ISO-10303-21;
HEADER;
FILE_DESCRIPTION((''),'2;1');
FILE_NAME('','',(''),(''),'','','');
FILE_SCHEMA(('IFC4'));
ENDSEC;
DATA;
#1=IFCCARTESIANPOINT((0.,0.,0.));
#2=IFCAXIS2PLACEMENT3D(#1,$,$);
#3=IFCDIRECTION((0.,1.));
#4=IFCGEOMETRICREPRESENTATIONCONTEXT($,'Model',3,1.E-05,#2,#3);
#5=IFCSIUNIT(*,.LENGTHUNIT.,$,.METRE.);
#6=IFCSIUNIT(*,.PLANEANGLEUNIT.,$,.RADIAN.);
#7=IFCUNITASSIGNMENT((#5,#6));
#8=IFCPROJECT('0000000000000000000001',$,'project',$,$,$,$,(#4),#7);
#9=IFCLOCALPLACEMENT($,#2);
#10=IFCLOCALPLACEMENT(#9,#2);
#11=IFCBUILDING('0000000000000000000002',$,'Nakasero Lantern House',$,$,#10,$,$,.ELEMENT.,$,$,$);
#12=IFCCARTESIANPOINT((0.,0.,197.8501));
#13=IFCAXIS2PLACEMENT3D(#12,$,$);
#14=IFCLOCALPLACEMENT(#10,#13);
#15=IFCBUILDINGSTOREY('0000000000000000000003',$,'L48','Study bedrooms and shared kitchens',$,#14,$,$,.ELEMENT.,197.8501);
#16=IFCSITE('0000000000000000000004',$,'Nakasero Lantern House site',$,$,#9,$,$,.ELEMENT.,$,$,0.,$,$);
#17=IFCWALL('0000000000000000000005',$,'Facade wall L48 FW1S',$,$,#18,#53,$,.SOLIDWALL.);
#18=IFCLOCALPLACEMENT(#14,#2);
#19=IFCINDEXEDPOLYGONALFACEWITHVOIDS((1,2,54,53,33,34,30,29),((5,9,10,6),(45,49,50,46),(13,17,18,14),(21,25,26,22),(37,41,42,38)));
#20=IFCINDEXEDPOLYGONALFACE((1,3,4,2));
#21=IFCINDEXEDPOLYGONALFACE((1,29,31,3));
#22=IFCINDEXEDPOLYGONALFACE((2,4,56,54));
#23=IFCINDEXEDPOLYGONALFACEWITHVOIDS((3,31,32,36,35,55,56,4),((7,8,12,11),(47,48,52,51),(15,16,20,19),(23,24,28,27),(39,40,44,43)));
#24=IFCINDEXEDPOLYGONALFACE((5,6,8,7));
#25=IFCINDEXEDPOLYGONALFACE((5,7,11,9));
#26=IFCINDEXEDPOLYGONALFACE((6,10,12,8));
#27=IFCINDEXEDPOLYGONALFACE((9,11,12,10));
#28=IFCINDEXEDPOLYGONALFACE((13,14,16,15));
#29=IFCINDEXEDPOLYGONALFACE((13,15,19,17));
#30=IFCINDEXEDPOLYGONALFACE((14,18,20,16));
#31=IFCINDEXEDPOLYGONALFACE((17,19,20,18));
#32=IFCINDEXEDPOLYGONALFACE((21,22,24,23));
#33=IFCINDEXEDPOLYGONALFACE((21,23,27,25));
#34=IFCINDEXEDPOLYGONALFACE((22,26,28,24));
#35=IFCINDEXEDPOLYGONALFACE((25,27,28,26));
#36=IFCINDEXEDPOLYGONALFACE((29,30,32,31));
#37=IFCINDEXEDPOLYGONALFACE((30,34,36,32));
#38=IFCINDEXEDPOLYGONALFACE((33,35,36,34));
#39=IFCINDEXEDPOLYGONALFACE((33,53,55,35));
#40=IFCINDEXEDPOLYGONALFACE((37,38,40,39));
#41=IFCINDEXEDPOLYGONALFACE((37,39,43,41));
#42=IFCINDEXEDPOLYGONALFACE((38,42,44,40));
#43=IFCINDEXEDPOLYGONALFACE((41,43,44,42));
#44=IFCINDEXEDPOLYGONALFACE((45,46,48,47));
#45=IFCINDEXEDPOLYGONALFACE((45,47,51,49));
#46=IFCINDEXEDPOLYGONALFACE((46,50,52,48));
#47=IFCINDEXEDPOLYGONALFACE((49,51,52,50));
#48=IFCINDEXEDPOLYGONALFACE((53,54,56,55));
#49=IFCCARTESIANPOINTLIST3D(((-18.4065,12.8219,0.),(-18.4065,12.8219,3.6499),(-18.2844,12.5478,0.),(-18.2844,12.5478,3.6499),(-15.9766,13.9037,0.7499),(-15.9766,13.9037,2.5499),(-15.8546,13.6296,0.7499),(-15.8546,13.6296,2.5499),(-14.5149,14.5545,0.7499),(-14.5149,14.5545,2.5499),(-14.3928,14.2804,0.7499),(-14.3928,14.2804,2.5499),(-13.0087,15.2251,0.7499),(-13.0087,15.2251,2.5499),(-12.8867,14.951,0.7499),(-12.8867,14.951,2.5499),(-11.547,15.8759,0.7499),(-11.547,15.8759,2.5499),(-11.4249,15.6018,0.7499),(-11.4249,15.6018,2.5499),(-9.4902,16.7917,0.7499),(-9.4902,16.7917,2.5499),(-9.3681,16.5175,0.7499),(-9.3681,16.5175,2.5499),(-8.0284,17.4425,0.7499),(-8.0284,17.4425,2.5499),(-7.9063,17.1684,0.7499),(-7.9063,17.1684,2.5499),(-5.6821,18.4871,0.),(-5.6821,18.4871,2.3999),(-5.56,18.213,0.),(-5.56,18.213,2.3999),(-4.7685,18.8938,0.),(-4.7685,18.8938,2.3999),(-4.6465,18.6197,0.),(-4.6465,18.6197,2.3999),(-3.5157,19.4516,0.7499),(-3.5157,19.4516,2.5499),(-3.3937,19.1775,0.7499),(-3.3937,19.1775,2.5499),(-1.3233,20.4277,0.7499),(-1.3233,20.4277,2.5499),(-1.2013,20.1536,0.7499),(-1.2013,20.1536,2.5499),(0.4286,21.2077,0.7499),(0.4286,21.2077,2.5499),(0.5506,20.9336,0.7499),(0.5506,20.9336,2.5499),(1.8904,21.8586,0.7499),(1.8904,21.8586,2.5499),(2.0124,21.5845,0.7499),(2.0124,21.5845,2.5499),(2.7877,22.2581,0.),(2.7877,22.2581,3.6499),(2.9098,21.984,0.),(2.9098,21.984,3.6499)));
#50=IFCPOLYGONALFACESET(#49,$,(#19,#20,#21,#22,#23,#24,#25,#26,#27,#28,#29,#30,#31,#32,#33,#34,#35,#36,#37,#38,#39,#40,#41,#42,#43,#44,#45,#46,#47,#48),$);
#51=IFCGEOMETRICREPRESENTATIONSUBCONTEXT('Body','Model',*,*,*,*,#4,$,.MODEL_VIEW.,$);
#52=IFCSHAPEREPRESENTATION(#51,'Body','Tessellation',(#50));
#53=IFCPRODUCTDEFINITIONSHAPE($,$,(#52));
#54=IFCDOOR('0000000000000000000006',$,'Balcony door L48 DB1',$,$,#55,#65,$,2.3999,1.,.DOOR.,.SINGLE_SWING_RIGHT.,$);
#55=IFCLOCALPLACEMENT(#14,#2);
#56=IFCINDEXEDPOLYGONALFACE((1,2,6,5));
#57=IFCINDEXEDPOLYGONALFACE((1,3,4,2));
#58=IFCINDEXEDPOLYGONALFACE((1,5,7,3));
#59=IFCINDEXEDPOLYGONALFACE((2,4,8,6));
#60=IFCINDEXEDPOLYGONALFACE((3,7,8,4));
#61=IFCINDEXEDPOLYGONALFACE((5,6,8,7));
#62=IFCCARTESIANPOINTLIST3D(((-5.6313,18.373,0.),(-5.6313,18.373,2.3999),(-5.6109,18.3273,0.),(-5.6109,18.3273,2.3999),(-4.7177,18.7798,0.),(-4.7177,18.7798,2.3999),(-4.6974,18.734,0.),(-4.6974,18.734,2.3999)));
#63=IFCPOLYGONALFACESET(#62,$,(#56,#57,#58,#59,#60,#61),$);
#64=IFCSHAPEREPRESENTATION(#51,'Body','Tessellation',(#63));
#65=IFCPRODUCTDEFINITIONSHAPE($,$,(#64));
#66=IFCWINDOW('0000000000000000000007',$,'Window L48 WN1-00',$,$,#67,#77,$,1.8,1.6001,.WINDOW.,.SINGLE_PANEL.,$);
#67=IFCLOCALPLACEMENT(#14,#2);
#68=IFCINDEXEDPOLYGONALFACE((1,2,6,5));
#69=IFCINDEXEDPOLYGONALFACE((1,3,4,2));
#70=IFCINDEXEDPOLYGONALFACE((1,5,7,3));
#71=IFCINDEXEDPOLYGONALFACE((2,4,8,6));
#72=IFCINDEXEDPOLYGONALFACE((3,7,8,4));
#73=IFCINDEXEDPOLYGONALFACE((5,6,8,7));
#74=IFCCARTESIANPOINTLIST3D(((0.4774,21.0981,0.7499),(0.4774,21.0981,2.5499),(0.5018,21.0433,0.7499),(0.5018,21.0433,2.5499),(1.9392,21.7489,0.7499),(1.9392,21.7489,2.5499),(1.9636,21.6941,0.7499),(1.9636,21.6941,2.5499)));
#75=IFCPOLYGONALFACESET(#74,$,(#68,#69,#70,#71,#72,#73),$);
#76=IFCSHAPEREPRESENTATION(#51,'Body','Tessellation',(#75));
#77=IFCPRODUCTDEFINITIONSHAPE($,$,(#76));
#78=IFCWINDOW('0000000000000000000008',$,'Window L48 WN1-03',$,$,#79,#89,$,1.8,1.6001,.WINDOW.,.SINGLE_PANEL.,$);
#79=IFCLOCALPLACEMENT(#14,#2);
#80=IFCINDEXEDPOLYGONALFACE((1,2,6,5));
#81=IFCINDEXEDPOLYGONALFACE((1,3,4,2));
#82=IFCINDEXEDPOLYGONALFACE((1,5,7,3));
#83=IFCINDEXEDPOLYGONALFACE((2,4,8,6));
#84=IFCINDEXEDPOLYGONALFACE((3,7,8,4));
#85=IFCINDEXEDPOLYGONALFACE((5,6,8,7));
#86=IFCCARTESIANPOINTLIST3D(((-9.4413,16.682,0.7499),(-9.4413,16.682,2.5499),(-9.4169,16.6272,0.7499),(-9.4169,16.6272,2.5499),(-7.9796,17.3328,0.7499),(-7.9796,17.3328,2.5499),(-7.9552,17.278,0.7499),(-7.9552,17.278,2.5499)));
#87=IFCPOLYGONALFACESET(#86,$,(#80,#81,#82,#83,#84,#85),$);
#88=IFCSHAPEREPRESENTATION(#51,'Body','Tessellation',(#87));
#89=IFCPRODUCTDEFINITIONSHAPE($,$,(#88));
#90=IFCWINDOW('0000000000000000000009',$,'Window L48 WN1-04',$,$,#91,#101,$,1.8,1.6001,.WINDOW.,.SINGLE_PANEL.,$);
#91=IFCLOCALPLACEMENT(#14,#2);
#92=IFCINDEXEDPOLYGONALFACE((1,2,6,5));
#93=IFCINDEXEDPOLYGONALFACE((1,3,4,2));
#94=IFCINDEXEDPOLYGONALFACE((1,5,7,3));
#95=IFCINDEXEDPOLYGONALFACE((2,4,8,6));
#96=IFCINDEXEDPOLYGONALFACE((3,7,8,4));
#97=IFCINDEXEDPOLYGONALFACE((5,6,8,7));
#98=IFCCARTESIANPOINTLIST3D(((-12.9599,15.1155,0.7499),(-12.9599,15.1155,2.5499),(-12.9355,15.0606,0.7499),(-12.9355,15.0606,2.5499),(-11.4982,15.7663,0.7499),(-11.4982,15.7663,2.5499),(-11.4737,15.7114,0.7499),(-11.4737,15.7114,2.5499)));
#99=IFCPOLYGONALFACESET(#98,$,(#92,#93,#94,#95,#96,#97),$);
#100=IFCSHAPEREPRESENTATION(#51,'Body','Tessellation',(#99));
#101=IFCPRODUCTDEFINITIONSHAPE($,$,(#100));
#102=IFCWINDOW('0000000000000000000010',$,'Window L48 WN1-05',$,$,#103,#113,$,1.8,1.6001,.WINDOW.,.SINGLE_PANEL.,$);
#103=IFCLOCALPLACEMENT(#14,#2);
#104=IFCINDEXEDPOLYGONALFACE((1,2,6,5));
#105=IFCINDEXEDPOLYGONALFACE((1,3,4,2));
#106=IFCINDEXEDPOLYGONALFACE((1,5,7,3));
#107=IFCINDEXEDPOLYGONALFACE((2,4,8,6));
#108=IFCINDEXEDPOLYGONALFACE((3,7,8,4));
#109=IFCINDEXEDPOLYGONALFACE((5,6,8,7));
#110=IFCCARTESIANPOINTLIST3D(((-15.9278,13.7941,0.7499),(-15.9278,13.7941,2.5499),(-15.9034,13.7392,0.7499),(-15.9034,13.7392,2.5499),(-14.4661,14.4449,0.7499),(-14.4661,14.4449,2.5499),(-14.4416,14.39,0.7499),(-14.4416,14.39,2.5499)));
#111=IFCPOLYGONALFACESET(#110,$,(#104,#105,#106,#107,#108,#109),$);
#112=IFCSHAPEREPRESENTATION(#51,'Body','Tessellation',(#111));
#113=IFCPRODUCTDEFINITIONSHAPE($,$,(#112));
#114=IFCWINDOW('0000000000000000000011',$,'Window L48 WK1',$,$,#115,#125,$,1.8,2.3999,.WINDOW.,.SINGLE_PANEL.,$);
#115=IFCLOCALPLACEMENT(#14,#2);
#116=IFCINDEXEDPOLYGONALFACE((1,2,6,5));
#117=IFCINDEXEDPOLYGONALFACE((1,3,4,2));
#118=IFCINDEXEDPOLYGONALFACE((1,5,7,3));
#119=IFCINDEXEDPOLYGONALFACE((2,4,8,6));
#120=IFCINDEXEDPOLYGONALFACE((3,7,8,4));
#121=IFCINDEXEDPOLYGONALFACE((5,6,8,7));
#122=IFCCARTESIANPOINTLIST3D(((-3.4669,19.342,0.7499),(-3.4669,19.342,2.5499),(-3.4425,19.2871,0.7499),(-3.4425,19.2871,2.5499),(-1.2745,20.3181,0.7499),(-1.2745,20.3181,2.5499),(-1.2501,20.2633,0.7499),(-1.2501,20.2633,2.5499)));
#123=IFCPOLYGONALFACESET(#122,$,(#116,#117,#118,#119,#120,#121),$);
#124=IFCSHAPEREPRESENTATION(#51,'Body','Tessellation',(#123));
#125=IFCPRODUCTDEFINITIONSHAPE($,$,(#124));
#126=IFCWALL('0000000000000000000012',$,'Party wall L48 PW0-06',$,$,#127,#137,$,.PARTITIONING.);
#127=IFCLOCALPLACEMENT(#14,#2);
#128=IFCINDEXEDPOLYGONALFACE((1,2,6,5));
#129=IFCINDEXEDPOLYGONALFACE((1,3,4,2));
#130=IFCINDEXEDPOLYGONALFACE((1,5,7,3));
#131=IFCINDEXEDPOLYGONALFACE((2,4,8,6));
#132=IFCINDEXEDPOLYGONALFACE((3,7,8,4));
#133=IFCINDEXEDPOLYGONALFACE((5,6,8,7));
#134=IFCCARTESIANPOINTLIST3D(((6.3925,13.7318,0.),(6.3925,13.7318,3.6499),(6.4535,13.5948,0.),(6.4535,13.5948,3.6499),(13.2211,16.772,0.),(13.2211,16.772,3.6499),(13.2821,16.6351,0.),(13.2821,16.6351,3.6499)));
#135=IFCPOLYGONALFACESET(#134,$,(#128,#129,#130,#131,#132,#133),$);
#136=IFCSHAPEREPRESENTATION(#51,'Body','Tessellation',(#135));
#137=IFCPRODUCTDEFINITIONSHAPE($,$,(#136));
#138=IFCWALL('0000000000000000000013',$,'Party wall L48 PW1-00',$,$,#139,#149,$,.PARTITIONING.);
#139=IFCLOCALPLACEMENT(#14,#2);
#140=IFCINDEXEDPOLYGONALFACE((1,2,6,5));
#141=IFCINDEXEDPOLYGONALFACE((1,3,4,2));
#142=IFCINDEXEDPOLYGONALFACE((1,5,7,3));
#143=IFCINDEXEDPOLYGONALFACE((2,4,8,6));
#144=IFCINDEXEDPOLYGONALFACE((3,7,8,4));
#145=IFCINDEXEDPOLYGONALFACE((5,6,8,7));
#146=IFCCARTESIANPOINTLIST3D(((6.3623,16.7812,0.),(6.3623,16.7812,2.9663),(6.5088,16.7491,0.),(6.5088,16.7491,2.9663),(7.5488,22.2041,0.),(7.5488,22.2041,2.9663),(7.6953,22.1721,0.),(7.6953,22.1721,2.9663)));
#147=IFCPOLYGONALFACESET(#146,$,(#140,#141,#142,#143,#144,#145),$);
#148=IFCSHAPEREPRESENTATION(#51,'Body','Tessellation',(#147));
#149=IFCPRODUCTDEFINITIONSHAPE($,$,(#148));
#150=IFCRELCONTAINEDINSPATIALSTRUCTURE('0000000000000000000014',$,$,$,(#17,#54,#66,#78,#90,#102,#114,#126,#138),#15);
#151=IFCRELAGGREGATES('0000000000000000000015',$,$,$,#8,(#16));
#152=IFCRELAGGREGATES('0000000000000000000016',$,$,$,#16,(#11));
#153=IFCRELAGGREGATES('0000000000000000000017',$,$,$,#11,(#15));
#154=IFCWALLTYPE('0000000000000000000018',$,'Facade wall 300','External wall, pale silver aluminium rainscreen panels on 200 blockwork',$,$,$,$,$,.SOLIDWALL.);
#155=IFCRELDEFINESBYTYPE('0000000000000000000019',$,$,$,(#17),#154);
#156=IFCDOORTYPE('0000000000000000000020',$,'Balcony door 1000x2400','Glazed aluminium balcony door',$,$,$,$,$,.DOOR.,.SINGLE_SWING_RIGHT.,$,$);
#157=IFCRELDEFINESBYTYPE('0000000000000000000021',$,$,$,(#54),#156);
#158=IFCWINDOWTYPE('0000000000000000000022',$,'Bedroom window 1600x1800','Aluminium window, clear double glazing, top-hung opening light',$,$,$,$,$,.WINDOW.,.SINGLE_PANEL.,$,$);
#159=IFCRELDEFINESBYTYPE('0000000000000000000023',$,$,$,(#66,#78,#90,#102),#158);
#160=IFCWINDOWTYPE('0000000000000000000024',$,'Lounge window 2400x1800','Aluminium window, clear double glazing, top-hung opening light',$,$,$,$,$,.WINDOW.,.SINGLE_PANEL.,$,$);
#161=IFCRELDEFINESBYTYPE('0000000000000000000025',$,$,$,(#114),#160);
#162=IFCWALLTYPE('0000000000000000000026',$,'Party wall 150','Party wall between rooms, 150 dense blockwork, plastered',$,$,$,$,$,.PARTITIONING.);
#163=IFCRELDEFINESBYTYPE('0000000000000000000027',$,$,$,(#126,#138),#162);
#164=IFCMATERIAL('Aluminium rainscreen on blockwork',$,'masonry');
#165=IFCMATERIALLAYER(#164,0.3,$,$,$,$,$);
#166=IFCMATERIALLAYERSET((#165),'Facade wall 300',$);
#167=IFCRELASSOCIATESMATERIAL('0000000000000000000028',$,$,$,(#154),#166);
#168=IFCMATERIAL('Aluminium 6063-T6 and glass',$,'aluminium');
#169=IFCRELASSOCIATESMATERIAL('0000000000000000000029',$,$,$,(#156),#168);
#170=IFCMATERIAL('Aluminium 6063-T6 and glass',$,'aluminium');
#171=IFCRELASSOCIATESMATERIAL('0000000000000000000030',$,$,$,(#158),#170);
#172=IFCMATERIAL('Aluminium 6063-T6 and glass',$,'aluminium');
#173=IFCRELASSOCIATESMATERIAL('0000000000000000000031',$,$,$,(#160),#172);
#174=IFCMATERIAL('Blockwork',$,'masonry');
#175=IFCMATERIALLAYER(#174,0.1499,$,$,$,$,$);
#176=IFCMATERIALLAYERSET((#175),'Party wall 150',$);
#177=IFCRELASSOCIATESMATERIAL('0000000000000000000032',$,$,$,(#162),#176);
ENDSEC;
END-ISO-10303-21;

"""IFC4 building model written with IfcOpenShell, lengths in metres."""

from ifc_helpers import new_model, si_unit, direction, frame, frame_2d, origin, place, context, subcontext, project, spatial, rectangle, extrude, material, layer, layer_set, type_object, element, fill, save


model = new_model("IFC4")

# Units and contexts
model_context = context("Model", 3, precision=1e-05, world=origin(), true_north=direction((0.0, 1.0)))
body_context = subcontext(model_context, "Body", "Model", "MODEL_VIEW")
ifc_project = project(units=[si_unit("LENGTHUNIT", "METRE"), si_unit("PLANEANGLEUNIT", "RADIAN")], contexts=[model_context])

# Site, building, storey
site_placement = place(None, origin())
site = spatial("IfcSite", under=ifc_project, at=site_placement, Name="Nakasero Lantern House site", CompositionType="ELEMENT", RefElevation=0.0)
building_placement = place(site_placement, origin())
building = spatial("IfcBuilding", under=site, at=building_placement, Name="Nakasero Lantern House", CompositionType="ELEMENT")
storey_placement = place(building_placement, frame((0.0, 0.0, 197.8501)))
storey = spatial("IfcBuildingStorey", under=building, at=storey_placement, Name="L48", Description="Study bedrooms and shared kitchens", CompositionType="ELEMENT", Elevation=197.8501)

# Shared definitions
ifc_material_1 = material(Name="Aluminium rainscreen on blockwork", Category="masonry")
ifc_layer_1 = layer(ifc_material_1, 0.3)
ifc_layer_set_1 = layer_set([ifc_layer_1], Name="Facade wall 300")
wall_type_1 = type_object("IfcWallType", Name="Facade wall 300", Description="External wall, pale silver aluminium rainscreen panels on 200 blockwork", PredefinedType="SOLIDWALL", material=ifc_layer_set_1)

# Wall, openings, door, windows
wall_1_placement = place(storey_placement, frame((2.8489, 22.1211, 0.0), z_axis=(0.0, 0.0, 1.0), x_axis=(-0.913546, -0.406735, 0.0)))
wall_1 = element("IfcWall", 1, at=wall_1_placement, inside=storey, type_object=wall_type_1, Name="Facade wall L48 FW1S", PredefinedType="SOLIDWALL", context=body_context, shape_type="SweptSolid", body=[
    extrude(rectangle(XDim=23.2, YDim=0.3, at=frame_2d((11.6001, 0.0))), origin(), (0.0, 0.0, 1.0), 3.6499),
])
opening_1_placement = place(wall_1_placement, frame((0.9824, 0.0, 0.75)))
opening_1 = element("IfcOpeningElement", 2, at=opening_1_placement, cuts=wall_1, PredefinedType="OPENING", context=body_context, shape_type="SweptSolid", body=[
    extrude(rectangle(XDim=1.6001, YDim=1.8, at=frame_2d((0.8, 0.8999))), frame((0.0, 0.1699, 0.0), z_axis=(0.0, -1.0, 0.0), x_axis=(1.0, 0.0, 0.0)), (0.0, 0.0, 1.0), 0.3401),
])
opening_2_placement = place(wall_1_placement, frame((11.8398, 0.0, 0.75)))
opening_2 = element("IfcOpeningElement", 3, at=opening_2_placement, cuts=wall_1, PredefinedType="OPENING", context=body_context, shape_type="SweptSolid", body=[
    extrude(rectangle(XDim=1.6001, YDim=1.8, at=frame_2d((0.8, 0.8999))), frame((0.0, 0.1699, 0.0), z_axis=(0.0, -1.0, 0.0), x_axis=(1.0, 0.0, 0.0)), (0.0, 0.0, 1.0), 0.3401),
])
opening_3_placement = place(wall_1_placement, frame((15.6914, 0.0, 0.75)))
opening_3 = element("IfcOpeningElement", 4, at=opening_3_placement, cuts=wall_1, PredefinedType="OPENING", context=body_context, shape_type="SweptSolid", body=[
    extrude(rectangle(XDim=1.6001, YDim=1.8, at=frame_2d((0.8, 0.8999))), frame((0.0, 0.1699, 0.0), z_axis=(0.0, -1.0, 0.0), x_axis=(1.0, 0.0, 0.0)), (0.0, 0.0, 1.0), 0.3401),
])
opening_4_placement = place(wall_1_placement, frame((18.9402, 0.0, 0.75)))
opening_4 = element("IfcOpeningElement", 5, at=opening_4_placement, cuts=wall_1, PredefinedType="OPENING", context=body_context, shape_type="SweptSolid", body=[
    extrude(rectangle(XDim=1.6001, YDim=1.8, at=frame_2d((0.8, 0.8999))), frame((0.0, 0.1699, 0.0), z_axis=(0.0, -1.0, 0.0), x_axis=(1.0, 0.0, 0.0)), (0.0, 0.0, 1.0), 0.3401),
])
opening_5_placement = place(wall_1_placement, frame((4.5002, 0.0, 0.75)))
opening_5 = element("IfcOpeningElement", 6, at=opening_5_placement, cuts=wall_1, PredefinedType="OPENING", context=body_context, shape_type="SweptSolid", body=[
    extrude(rectangle(XDim=2.3999, YDim=1.8, at=frame_2d((1.2, 0.8999))), frame((0.0, 0.1699, 0.0), z_axis=(0.0, -1.0, 0.0), x_axis=(1.0, 0.0, 0.0)), (0.0, 0.0, 1.0), 0.3401),
])
opening_6_placement = place(wall_1_placement, frame((8.2715, 0.0, 0.0)))
opening_6 = element("IfcOpeningElement", 7, at=opening_6_placement, cuts=wall_1, PredefinedType="OPENING", context=body_context, shape_type="SweptSolid", body=[
    extrude(rectangle(XDim=1.0, YDim=2.3999, at=frame_2d((0.5, 1.2))), frame((0.0, 0.1699, 0.0), z_axis=(0.0, -1.0, 0.0), x_axis=(1.0, 0.0, 0.0)), (0.0, 0.0, 1.0), 0.3401),
])
ifc_material_2 = material(Name="Aluminium 6063-T6 and glass", Category="aluminium")
door_type_1 = type_object("IfcDoorType", Name="Balcony door 1000x2400", Description="Glazed aluminium balcony door", OperationType="SINGLE_SWING_RIGHT", PredefinedType="DOOR", material=ifc_material_2)
door_1_placement = place(opening_6_placement, origin())
door_1 = element("IfcDoor", 8, at=door_1_placement, inside=storey, type_object=door_type_1, Name="Balcony door L48 DB1", OperationType="SINGLE_SWING_RIGHT", OverallHeight=2.3999, OverallWidth=1.0, PredefinedType="DOOR", context=body_context, shape_type="SweptSolid", body=[
    extrude(rectangle(XDim=1.0, YDim=2.3999, at=frame_2d((0.5, 1.2))), frame((0.0, 0.0249, 0.0), z_axis=(0.0, -1.0, 0.0), x_axis=(1.0, 0.0, 0.0)), (0.0, 0.0, 1.0), 0.05),
])
fill(opening_6, door_1)
ifc_material_3 = material(Name="Aluminium 6063-T6 and glass", Category="aluminium")
window_type_1 = type_object("IfcWindowType", Name="Bedroom window 1600x1800", Description="Aluminium window, clear double glazing, top-hung opening light", PartitioningType="SINGLE_PANEL", PredefinedType="WINDOW", material=ifc_material_3)
window_1_placement = place(opening_1_placement, origin())
window_1 = element("IfcWindow", 9, at=window_1_placement, inside=storey, type_object=window_type_1, Name="Window L48 WN1-00", OverallHeight=1.8, OverallWidth=1.6001, PartitioningType="SINGLE_PANEL", PredefinedType="WINDOW", context=body_context, shape_type="SweptSolid", body=[
    extrude(rectangle(XDim=1.6001, YDim=1.8, at=frame_2d((0.8, 0.8999))), frame((0.0, 0.03, 0.0), z_axis=(0.0, -1.0, 0.0), x_axis=(1.0, 0.0, 0.0)), (0.0, 0.0, 1.0), 0.0601),
])
fill(opening_1, window_1)
window_2_placement = place(opening_2_placement, origin())
window_2 = element("IfcWindow", 10, at=window_2_placement, inside=storey, type_object=window_type_1, Name="Window L48 WN1-03", OverallHeight=1.8, OverallWidth=1.6001, PartitioningType="SINGLE_PANEL", PredefinedType="WINDOW", context=body_context, shape_type="SweptSolid", body=[
    extrude(rectangle(XDim=1.6001, YDim=1.8, at=frame_2d((0.8, 0.8999))), frame((0.0, 0.03, 0.0), z_axis=(0.0, -1.0, 0.0), x_axis=(1.0, 0.0, 0.0)), (0.0, 0.0, 1.0), 0.0601),
])
fill(opening_2, window_2)
window_3_placement = place(opening_3_placement, origin())
window_3 = element("IfcWindow", 11, at=window_3_placement, inside=storey, type_object=window_type_1, Name="Window L48 WN1-04", OverallHeight=1.8, OverallWidth=1.6001, PartitioningType="SINGLE_PANEL", PredefinedType="WINDOW", context=body_context, shape_type="SweptSolid", body=[
    extrude(rectangle(XDim=1.6001, YDim=1.8, at=frame_2d((0.8, 0.8999))), frame((0.0, 0.03, 0.0), z_axis=(0.0, -1.0, 0.0), x_axis=(1.0, 0.0, 0.0)), (0.0, 0.0, 1.0), 0.0601),
])
fill(opening_3, window_3)
window_4_placement = place(opening_4_placement, origin())
window_4 = element("IfcWindow", 12, at=window_4_placement, inside=storey, type_object=window_type_1, Name="Window L48 WN1-05", OverallHeight=1.8, OverallWidth=1.6001, PartitioningType="SINGLE_PANEL", PredefinedType="WINDOW", context=body_context, shape_type="SweptSolid", body=[
    extrude(rectangle(XDim=1.6001, YDim=1.8, at=frame_2d((0.8, 0.8999))), frame((0.0, 0.03, 0.0), z_axis=(0.0, -1.0, 0.0), x_axis=(1.0, 0.0, 0.0)), (0.0, 0.0, 1.0), 0.0601),
])
fill(opening_4, window_4)
ifc_material_4 = material(Name="Aluminium 6063-T6 and glass", Category="aluminium")
window_type_2 = type_object("IfcWindowType", Name="Lounge window 2400x1800", Description="Aluminium window, clear double glazing, top-hung opening light", PartitioningType="SINGLE_PANEL", PredefinedType="WINDOW", material=ifc_material_4)
window_5_placement = place(opening_5_placement, origin())
window_5 = element("IfcWindow", 13, at=window_5_placement, inside=storey, type_object=window_type_2, Name="Window L48 WK1", OverallHeight=1.8, OverallWidth=2.3999, PartitioningType="SINGLE_PANEL", PredefinedType="WINDOW", context=body_context, shape_type="SweptSolid", body=[
    extrude(rectangle(XDim=2.3999, YDim=1.8, at=frame_2d((1.2, 0.8999))), frame((0.0, 0.03, 0.0), z_axis=(0.0, -1.0, 0.0), x_axis=(1.0, 0.0, 0.0)), (0.0, 0.0, 1.0), 0.0601),
])
fill(opening_5, window_5)

# Walls
ifc_material_5 = material(Name="Blockwork", Category="masonry")
ifc_layer_2 = layer(ifc_material_5, 0.1499)
ifc_layer_set_2 = layer_set([ifc_layer_2], Name="Party wall 150")
wall_type_2 = type_object("IfcWallType", Name="Party wall 150", Description="Party wall between rooms, 150 dense blockwork, plastered", PredefinedType="PARTITIONING", material=ifc_layer_set_2)
wall_2_placement = place(storey_placement, frame((6.4231, 13.6633, 0.0), z_axis=(0.0, 0.0, 1.0), x_axis=(0.913546, 0.406735, 0.0)))
element("IfcWall", 14, at=wall_2_placement, inside=storey, type_object=wall_type_2, Name="Party wall L48 PW0-06", PredefinedType="PARTITIONING", context=body_context, shape_type="SweptSolid", body=[
    extrude(rectangle(XDim=7.4749, YDim=0.1499, at=frame_2d((3.7373, 0.0))), origin(), (0.0, 0.0, 1.0), 3.6499),
])
wall_3_placement = place(storey_placement, frame((6.4355, 16.7651, 0.0), z_axis=(0.0, 0.0, 1.0), x_axis=(0.213735, 0.976892, 0.0)))
element("IfcWall", 15, at=wall_3_placement, inside=storey, type_object=wall_type_2, Name="Party wall L48 PW1-00", PredefinedType="PARTITIONING", context=body_context, shape_type="SweptSolid", body=[
    extrude(rectangle(XDim=5.5513, YDim=0.1499, at=frame_2d((2.7756, 0.0))), origin(), (0.0, 0.0, 1.0), 2.9663),
])

save(model, "model.ifc")
